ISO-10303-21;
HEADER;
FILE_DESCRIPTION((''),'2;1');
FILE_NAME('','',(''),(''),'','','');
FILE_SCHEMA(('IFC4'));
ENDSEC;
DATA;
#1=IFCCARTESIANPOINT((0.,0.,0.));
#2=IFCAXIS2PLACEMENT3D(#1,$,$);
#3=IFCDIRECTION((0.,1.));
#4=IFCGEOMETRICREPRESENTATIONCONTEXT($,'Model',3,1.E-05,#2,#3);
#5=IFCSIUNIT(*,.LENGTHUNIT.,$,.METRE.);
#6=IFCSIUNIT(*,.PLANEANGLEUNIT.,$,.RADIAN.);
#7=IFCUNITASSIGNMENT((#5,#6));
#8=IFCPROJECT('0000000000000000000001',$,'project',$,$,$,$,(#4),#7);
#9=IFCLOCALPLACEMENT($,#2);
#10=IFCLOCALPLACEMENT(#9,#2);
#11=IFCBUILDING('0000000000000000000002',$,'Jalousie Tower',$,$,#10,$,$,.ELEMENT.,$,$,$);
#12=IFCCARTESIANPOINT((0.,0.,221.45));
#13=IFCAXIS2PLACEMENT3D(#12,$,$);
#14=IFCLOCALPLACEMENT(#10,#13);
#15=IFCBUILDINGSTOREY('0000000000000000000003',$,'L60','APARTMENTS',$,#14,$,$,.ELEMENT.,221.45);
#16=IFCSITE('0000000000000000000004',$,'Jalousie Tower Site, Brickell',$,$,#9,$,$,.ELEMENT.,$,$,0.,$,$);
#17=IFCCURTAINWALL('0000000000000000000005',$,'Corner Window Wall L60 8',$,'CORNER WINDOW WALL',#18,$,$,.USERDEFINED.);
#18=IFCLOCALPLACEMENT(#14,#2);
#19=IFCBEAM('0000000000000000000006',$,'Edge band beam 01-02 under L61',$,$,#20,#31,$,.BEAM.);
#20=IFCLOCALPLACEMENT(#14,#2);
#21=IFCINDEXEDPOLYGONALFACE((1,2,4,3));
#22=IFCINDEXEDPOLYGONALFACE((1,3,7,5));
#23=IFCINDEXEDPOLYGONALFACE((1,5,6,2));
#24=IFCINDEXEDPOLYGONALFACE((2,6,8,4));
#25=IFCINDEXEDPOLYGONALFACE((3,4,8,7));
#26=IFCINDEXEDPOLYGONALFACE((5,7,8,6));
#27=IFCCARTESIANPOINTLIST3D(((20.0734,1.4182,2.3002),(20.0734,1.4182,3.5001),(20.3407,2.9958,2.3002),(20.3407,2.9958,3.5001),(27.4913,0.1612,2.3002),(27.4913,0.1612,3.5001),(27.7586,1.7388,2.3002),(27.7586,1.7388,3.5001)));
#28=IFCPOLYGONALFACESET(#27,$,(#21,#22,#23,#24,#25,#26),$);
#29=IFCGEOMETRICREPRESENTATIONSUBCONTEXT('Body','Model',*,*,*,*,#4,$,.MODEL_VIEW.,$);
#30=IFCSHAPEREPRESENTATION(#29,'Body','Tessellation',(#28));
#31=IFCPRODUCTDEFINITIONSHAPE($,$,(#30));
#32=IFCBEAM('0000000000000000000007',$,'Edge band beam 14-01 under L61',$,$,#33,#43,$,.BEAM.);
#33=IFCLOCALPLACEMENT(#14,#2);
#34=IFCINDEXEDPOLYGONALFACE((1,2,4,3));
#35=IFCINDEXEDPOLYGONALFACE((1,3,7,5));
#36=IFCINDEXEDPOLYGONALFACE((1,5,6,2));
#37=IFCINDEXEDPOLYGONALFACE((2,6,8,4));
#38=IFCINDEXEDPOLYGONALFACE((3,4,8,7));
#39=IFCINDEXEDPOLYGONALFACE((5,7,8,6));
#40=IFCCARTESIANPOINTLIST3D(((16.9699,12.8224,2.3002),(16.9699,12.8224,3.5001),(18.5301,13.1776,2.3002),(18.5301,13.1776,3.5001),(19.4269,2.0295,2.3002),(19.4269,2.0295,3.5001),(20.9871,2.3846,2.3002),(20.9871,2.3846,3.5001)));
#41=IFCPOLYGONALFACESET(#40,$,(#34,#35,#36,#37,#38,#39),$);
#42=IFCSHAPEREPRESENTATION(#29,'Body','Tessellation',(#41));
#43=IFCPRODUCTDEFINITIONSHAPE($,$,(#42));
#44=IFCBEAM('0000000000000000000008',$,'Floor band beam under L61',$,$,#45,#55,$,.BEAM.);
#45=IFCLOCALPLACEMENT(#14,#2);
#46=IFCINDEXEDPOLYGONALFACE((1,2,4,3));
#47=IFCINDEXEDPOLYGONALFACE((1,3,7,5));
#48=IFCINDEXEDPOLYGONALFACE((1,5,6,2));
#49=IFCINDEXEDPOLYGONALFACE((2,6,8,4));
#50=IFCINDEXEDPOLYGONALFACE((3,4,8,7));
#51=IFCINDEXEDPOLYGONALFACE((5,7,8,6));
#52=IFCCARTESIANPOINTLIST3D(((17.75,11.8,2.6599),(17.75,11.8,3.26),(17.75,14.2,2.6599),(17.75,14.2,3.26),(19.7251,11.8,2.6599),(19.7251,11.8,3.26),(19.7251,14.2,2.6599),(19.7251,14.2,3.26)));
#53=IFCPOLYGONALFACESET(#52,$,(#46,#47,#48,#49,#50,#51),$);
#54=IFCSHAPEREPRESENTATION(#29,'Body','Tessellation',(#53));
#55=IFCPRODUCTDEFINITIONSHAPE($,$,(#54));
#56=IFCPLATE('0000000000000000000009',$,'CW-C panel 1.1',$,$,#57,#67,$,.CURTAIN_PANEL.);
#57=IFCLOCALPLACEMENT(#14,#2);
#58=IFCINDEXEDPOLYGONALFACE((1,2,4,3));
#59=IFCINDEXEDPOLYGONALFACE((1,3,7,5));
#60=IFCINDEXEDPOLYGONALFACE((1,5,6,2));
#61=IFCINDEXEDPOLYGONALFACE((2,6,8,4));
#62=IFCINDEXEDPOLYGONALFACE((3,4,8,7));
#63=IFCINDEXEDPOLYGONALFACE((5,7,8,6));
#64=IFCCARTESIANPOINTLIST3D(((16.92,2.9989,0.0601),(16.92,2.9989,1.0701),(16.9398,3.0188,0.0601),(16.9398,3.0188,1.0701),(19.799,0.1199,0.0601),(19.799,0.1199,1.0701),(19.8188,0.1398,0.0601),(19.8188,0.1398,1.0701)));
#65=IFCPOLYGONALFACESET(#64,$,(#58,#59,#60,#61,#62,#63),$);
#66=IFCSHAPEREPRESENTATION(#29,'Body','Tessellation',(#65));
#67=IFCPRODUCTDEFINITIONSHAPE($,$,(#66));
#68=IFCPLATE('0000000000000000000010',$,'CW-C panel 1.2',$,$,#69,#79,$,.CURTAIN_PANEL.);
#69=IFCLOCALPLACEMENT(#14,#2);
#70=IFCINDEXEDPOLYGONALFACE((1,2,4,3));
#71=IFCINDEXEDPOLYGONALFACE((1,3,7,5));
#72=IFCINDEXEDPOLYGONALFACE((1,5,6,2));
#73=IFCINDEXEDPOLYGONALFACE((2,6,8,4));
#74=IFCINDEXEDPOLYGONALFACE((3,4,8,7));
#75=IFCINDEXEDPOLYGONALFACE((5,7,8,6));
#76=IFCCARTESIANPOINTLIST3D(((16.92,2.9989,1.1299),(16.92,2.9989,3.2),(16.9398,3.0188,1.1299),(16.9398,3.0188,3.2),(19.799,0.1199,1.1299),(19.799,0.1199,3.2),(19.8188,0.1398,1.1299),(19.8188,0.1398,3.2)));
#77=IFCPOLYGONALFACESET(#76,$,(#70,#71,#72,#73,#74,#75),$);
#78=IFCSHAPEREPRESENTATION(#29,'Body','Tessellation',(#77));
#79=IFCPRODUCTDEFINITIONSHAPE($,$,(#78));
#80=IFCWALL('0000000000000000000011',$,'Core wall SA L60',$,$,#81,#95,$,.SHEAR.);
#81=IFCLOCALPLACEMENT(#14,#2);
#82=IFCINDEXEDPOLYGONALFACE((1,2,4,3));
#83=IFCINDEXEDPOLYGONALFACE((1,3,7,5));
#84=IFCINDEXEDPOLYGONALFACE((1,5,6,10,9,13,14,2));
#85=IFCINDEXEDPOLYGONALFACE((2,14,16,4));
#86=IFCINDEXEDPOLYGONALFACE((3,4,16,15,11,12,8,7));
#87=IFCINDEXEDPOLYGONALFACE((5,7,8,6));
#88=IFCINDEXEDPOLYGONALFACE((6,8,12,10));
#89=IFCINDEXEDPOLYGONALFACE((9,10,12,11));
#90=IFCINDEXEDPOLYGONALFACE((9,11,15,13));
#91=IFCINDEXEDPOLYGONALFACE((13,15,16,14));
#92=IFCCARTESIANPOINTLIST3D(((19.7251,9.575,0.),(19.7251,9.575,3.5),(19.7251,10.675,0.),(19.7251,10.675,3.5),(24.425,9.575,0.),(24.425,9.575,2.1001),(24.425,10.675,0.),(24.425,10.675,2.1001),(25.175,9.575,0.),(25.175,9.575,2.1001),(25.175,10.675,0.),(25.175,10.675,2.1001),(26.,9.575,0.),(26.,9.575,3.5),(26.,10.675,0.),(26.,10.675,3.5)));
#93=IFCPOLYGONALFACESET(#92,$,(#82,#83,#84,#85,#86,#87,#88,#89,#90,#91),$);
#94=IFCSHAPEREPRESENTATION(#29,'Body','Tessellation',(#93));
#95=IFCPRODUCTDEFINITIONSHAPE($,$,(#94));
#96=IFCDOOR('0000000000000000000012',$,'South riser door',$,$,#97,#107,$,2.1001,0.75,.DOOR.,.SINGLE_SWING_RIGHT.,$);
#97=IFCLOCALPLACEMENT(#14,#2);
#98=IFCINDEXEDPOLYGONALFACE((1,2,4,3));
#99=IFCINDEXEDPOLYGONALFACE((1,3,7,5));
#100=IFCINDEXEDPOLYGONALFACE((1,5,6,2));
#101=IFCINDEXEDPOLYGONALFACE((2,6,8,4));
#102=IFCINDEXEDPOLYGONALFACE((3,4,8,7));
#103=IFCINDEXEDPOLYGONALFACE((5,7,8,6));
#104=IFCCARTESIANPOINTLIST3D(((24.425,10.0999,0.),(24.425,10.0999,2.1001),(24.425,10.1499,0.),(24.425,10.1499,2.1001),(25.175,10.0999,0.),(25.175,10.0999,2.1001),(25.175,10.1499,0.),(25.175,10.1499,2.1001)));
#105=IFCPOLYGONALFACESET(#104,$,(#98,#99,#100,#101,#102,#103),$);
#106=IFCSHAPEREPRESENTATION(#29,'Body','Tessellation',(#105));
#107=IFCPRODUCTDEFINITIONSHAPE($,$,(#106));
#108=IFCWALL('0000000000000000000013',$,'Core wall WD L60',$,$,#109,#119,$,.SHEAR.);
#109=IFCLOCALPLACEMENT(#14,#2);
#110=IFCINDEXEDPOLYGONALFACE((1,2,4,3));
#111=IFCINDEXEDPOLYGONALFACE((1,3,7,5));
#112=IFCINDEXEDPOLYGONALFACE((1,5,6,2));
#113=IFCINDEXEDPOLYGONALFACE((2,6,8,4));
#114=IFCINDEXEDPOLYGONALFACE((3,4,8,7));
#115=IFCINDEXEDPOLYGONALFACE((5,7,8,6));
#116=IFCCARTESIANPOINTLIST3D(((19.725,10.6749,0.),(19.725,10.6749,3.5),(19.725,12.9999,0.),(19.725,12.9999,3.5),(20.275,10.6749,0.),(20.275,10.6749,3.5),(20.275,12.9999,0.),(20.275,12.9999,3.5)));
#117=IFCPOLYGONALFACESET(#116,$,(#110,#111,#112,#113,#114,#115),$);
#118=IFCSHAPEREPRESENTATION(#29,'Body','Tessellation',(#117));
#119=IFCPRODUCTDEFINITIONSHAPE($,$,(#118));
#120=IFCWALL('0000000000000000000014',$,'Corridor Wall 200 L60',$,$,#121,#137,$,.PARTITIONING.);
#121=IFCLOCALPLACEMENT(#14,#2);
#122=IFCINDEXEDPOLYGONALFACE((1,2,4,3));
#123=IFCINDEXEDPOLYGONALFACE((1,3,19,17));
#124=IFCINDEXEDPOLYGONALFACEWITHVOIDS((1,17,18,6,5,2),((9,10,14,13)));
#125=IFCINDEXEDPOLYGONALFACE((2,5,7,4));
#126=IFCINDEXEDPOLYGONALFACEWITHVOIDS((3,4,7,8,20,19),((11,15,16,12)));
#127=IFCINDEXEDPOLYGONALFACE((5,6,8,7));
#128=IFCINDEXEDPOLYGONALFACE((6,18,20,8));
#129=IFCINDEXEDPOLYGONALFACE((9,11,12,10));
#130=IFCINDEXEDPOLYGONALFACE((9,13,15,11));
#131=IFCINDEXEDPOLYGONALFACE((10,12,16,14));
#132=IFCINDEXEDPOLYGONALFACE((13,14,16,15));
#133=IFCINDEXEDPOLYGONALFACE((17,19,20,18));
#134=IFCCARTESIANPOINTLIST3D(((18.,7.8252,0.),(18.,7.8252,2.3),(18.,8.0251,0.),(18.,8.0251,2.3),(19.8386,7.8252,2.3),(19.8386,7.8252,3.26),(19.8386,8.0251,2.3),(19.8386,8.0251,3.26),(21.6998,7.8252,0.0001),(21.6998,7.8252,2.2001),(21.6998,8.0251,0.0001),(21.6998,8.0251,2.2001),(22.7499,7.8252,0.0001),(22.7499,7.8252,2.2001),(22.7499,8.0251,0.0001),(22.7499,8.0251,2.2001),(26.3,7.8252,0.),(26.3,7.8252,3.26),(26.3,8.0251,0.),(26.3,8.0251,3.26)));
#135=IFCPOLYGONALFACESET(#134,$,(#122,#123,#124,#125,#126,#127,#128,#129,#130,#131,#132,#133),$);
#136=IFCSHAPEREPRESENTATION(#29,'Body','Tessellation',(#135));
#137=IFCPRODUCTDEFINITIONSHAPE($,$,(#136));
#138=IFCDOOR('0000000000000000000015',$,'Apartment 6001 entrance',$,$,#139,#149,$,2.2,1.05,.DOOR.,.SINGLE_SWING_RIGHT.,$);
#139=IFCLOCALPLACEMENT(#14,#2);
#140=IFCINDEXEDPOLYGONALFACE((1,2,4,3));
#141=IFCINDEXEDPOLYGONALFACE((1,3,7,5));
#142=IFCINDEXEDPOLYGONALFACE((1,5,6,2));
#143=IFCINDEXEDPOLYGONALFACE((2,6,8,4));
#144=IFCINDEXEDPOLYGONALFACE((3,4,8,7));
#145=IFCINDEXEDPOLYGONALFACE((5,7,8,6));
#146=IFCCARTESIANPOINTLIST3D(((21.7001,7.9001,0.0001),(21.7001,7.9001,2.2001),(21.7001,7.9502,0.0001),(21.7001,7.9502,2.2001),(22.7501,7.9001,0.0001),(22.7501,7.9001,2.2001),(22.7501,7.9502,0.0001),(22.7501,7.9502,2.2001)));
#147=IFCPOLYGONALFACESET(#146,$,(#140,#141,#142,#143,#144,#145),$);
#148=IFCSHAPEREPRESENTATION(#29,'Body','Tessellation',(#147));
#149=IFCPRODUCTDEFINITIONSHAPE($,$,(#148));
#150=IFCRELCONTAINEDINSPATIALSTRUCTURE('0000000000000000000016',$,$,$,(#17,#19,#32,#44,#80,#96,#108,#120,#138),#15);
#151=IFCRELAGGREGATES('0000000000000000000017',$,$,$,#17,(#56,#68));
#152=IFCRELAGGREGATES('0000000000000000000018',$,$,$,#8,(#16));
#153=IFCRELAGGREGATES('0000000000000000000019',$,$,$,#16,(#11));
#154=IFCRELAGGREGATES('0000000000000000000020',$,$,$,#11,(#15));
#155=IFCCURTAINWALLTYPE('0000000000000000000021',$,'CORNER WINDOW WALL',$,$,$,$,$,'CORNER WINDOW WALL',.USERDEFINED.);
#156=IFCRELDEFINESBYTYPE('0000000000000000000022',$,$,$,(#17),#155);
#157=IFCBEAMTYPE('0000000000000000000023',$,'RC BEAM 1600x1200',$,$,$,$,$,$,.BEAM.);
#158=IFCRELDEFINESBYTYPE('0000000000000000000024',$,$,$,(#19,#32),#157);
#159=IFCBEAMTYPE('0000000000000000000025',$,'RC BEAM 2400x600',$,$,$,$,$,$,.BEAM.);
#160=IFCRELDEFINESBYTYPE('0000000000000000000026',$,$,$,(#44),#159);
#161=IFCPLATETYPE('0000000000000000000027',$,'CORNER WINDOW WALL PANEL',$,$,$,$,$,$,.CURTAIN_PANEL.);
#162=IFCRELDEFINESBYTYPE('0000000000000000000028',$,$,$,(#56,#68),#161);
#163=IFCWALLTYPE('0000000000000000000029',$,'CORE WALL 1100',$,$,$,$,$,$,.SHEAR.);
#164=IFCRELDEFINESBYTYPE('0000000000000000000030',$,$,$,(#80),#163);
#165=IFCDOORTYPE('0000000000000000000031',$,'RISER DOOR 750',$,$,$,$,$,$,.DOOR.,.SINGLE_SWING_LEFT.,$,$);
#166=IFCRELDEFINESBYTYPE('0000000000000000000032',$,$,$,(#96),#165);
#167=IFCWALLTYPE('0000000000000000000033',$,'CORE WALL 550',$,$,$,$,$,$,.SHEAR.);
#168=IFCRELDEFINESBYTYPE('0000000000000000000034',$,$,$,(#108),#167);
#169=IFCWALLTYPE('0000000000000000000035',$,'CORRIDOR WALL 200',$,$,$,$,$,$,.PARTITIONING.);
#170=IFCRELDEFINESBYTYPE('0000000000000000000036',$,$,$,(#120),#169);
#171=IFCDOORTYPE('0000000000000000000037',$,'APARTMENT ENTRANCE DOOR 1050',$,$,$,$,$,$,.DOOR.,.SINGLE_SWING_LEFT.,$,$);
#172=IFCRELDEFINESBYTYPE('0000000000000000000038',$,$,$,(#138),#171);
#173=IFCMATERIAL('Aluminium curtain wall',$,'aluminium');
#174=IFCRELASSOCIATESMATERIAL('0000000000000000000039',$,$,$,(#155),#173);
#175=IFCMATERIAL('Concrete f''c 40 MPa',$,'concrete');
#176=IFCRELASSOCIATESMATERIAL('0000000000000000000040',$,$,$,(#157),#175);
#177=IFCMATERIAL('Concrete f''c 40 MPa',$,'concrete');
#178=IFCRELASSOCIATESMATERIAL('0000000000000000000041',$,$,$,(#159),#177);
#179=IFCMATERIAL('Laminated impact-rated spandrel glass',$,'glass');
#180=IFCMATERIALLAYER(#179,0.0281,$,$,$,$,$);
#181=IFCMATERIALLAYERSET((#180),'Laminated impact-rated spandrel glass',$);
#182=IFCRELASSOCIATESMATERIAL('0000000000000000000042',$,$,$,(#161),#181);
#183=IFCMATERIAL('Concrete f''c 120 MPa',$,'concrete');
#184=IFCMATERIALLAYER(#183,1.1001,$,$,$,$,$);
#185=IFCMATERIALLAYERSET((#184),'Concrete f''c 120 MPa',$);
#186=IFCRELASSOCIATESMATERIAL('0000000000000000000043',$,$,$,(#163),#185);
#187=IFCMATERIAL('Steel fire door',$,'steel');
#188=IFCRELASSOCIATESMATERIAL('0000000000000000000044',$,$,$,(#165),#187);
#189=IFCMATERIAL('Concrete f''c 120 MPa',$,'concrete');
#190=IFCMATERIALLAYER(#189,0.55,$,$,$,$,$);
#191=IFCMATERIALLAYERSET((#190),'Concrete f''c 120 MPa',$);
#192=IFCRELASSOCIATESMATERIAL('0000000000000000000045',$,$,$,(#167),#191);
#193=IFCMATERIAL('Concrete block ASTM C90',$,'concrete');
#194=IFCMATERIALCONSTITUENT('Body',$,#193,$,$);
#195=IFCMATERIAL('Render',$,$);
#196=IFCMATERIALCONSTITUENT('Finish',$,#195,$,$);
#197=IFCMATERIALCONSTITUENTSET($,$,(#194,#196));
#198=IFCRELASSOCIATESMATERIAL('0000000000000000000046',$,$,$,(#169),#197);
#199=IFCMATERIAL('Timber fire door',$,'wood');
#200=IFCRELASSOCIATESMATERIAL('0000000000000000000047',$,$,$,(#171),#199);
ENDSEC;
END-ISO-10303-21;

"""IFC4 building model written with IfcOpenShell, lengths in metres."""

from ifc_helpers import new_model, si_unit, direction, frame, frame_2d, origin, origin_2d, place, context, subcontext, project, spatial, polyline, rectangle, outline, extrude, material, layer, layer_set, constituent, constituent_set, material_profile, profile_set, type_object, element, fill, aggregate, save


model = new_model("IFC4")

# Units and contexts
model_context = context("Model", 3, precision=1e-05, world=origin(), true_north=direction((0.0, 1.0)))
body_context = subcontext(model_context, "Body", "Model", "MODEL_VIEW")
ifc_project = project(units=[si_unit("LENGTHUNIT", "METRE"), si_unit("PLANEANGLEUNIT", "RADIAN")], contexts=[model_context])

# Site, building, storey
site_placement = place(None, origin())
site = spatial("IfcSite", under=ifc_project, at=site_placement, Name="Jalousie Tower Site, Brickell", CompositionType="ELEMENT", RefElevation=0.0)
building_placement = place(site_placement, origin())
building = spatial("IfcBuilding", under=site, at=building_placement, Name="Jalousie Tower", CompositionType="ELEMENT")
storey_placement = place(building_placement, frame((0.0, 0.0, 221.45)))
storey = spatial("IfcBuildingStorey", under=building, at=storey_placement, Name="L60", Description="APARTMENTS", CompositionType="ELEMENT", Elevation=221.45)

# Curtain wall
ifc_material_1 = material(Name="Aluminium curtain wall", Category="aluminium")
curtain_wall_type = type_object("IfcCurtainWallType", Name="CORNER WINDOW WALL", ElementType="CORNER WINDOW WALL", PredefinedType="USERDEFINED", material=ifc_material_1)
curtain_wall_placement = place(storey_placement, origin())
curtain_wall = element("IfcCurtainWall", 1, at=curtain_wall_placement, inside=storey, type_object=curtain_wall_type, Name="Corner Window Wall L60 8", ObjectType="CORNER WINDOW WALL", PredefinedType="USERDEFINED")

# Beams
ifc_material_2 = material(Name="Concrete f'c 40 MPa", Category="concrete")
ifc_material_profile_1 = material_profile(ifc_material_2, rectangle(XDim=1.6001, YDim=1.2, at=origin_2d()), Name="RC 1600x1200")
ifc_profile_set_1 = profile_set([ifc_material_profile_1], Name="Concrete f'c 40 MPa")
beam_type_1 = type_object("IfcBeamType", Name="RC BEAM 1600x1200", PredefinedType="BEAM", material=ifc_profile_set_1)
beam_1_placement = place(storey_placement, frame((20.207, 2.207, 2.9001), z_axis=(0.985943, -0.167082, 0.0), x_axis=(0.167082, 0.985943, 0.0)))
element("IfcBeam", 2, at=beam_1_placement, inside=storey, type_object=beam_type_1, Name="Edge band beam 01-02 under L61", PredefinedType="BEAM", context=body_context, shape_type="SweptSolid", body=[
    extrude(rectangle(XDim=1.6001, YDim=1.2, at=origin_2d()), origin(), (0.0, 0.0, 1.0), 7.5237),
])
beam_2_placement = place(storey_placement, frame((17.75, 13.0, 2.9001), z_axis=(0.221972, -0.975053, 0.0), x_axis=(0.975053, 0.221972, 0.0)))
element("IfcBeam", 3, at=beam_2_placement, inside=storey, type_object=beam_type_1, Name="Edge band beam 14-01 under L61", PredefinedType="BEAM", context=body_context, shape_type="SweptSolid", body=[
    extrude(rectangle(XDim=1.6001, YDim=1.2, at=origin_2d()), origin(), (0.0, 0.0, 1.0), 11.0691),
])
ifc_material_3 = material(Name="Concrete f'c 40 MPa", Category="concrete")
ifc_material_profile_2 = material_profile(ifc_material_3, rectangle(XDim=2.3999, YDim=0.6001, at=origin_2d()), Name="RC 2400x600")
ifc_profile_set_2 = profile_set([ifc_material_profile_2], Name="Concrete f'c 40 MPa")
beam_type_2 = type_object("IfcBeamType", Name="RC BEAM 2400x600", PredefinedType="BEAM", material=ifc_profile_set_2)
beam_3_placement = place(storey_placement, frame((17.75, 13.0, 2.96), z_axis=(1.0, 0.0, 0.0), x_axis=(0.0, 1.0, 0.0)))
element("IfcBeam", 4, at=beam_3_placement, inside=storey, type_object=beam_type_2, Name="Floor band beam under L61", PredefinedType="BEAM", context=body_context, shape_type="SweptSolid", body=[
    extrude(rectangle(XDim=2.3999, YDim=0.6001, at=origin_2d()), origin(), (0.0, 0.0, 1.0), 1.9751),
])

# Plates
ifc_material_4 = material(Name="Laminated impact-rated spandrel glass", Category="glass")
ifc_layer_1 = layer(ifc_material_4, 0.0281)
ifc_layer_set_1 = layer_set([ifc_layer_1], Name="Laminated impact-rated spandrel glass")
plate_type = type_object("IfcPlateType", Name="CORNER WINDOW WALL PANEL", PredefinedType="CURTAIN_PANEL", material=ifc_layer_set_1)
plate_1_placement = place(storey_placement, frame((18.3694, 1.5693, 0.0601), z_axis=(0.0, 0.0, 1.0), x_axis=(0.707107, -0.707107, 0.0)))
plate_1 = element("IfcPlate", 5, at=plate_1_placement, type_object=plate_type, Name="CW-C panel 1.1", PredefinedType="CURTAIN_PANEL", context=body_context, shape_type="SweptSolid", body=[
    extrude(rectangle(XDim=4.0715, YDim=0.0281, at=origin_2d()), origin(), (0.0, 0.0, 1.0), 1.01),
])
plate_2_placement = place(storey_placement, frame((18.3694, 1.5693, 1.1299), z_axis=(0.0, 0.0, 1.0), x_axis=(0.707107, -0.707107, 0.0)))
plate_2 = element("IfcPlate", 6, at=plate_2_placement, type_object=plate_type, Name="CW-C panel 1.2", PredefinedType="CURTAIN_PANEL", context=body_context, shape_type="SweptSolid", body=[
    extrude(rectangle(XDim=4.0715, YDim=0.0281, at=origin_2d()), origin(), (0.0, 0.0, 1.0), 2.0701),
])
aggregate(curtain_wall, [plate_1, plate_2])

# Wall, opening, door
ifc_material_5 = material(Name="Concrete f'c 120 MPa", Category="concrete")
ifc_layer_2 = layer(ifc_material_5, 1.1001)
ifc_layer_set_2 = layer_set([ifc_layer_2], Name="Concrete f'c 120 MPa")
wall_type_1 = type_object("IfcWallType", Name="CORE WALL 1100", PredefinedType="SHEAR", material=ifc_layer_set_2)
wall_1_placement = place(storey_placement, frame((19.7251, 10.125, 0.0), z_axis=(0.0, 0.0, 1.0), x_axis=(1.0, 0.0, 0.0)))
wall_1 = element("IfcWall", 7, at=wall_1_placement, inside=storey, type_object=wall_type_1, Name="Core wall SA L60", PredefinedType="SHEAR", context=body_context, shape_type="SweptSolid", body=[
    extrude(rectangle(XDim=6.2749, YDim=1.1001, at=frame_2d((3.1375, 0.0))), origin(), (0.0, 0.0, 1.0), 3.5),
])
opening_1_placement = place(wall_1_placement, frame((4.7, 0.0, 0.0)))
opening_1 = element("IfcOpeningElement", 8, at=opening_1_placement, cuts=wall_1, PredefinedType="OPENING", context=body_context, shape_type="SweptSolid", body=[
    extrude(rectangle(XDim=0.75, YDim=2.1001, at=frame_2d((0.375, 1.05))), frame((0.0, 0.5601, 0.0), z_axis=(0.0, -1.0, 0.0), x_axis=(1.0, 0.0, 0.0)), (0.0, 0.0, 1.0), 1.1201),
])
ifc_material_6 = material(Name="Steel fire door", Category="steel")
door_type_1 = type_object("IfcDoorType", Name="RISER DOOR 750", OperationType="SINGLE_SWING_LEFT", PredefinedType="DOOR", material=ifc_material_6)
door_1_placement = place(opening_1_placement, origin())
door_1 = element("IfcDoor", 9, at=door_1_placement, inside=storey, type_object=door_type_1, Name="South riser door", OperationType="SINGLE_SWING_RIGHT", OverallHeight=2.1001, OverallWidth=0.75, PredefinedType="DOOR", context=body_context, shape_type="SweptSolid", body=[
    extrude(rectangle(XDim=0.75, YDim=2.1001, at=frame_2d((0.375, 1.05))), frame((0.0, 0.0249, 0.0), z_axis=(0.0, -1.0, 0.0), x_axis=(1.0, 0.0, 0.0)), (0.0, 0.0, 1.0), 0.05),
])
fill(opening_1, door_1)

# Wall
ifc_material_7 = material(Name="Concrete f'c 120 MPa", Category="concrete")
ifc_layer_3 = layer(ifc_material_7, 0.55)
ifc_layer_set_3 = layer_set([ifc_layer_3], Name="Concrete f'c 120 MPa")
wall_type_2 = type_object("IfcWallType", Name="CORE WALL 550", PredefinedType="SHEAR", material=ifc_layer_set_3)
wall_2_placement = place(storey_placement, frame((20.0, 13.0, 0.0), z_axis=(0.0, 0.0, 1.0), x_axis=(0.0, -1.0, 0.0)))
element("IfcWall", 10, at=wall_2_placement, inside=storey, type_object=wall_type_2, Name="Core wall WD L60", PredefinedType="SHEAR", context=body_context, shape_type="SweptSolid", body=[
    extrude(rectangle(XDim=2.325, YDim=0.55, at=frame_2d((1.1626, 0.0))), origin(), (0.0, 0.0, 1.0), 3.5),
])

# Wall, opening, door
ifc_material_8 = material(Name="Concrete block ASTM C90", Category="concrete")
ifc_constituent_1 = constituent(ifc_material_8, Name="Body")
ifc_material_9 = material(Name="Render")
ifc_constituent_2 = constituent(ifc_material_9, Name="Finish")
ifc_constituent_set_1 = constituent_set(constituents=[ifc_constituent_1, ifc_constituent_2])
wall_type_3 = type_object("IfcWallType", Name="CORRIDOR WALL 200", PredefinedType="PARTITIONING", material=ifc_constituent_set_1)
wall_3_placement = place(storey_placement, frame((18.0, 7.925, 0.0), z_axis=(0.0, 0.0, 1.0), x_axis=(1.0, 0.0, 0.0)))
wall_3 = element("IfcWall", 11, at=wall_3_placement, inside=storey, type_object=wall_type_3, Name="Corridor Wall 200 L60", PredefinedType="PARTITIONING", context=body_context, shape_type="SweptSolid", body=[
    extrude(outline(polyline([(0.0, 0.0), (8.3, 0.0), (8.3, 3.26), (1.8386, 3.26), (1.8386, 2.3), (0.0, 2.3), (0.0, 3.26), (0.0, 0.0)])), frame((0.0, 0.1001, 0.0), z_axis=(0.0, -1.0, 0.0), x_axis=(1.0, 0.0, 0.0)), (0.0, 0.0, 1.0), 0.2),
])
opening_2_placement = place(wall_3_placement, frame((3.7, 0.0, 0.0)))
opening_2 = element("IfcOpeningElement", 12, at=opening_2_placement, cuts=wall_3, PredefinedType="OPENING", context=body_context, shape_type="SweptSolid", body=[
    extrude(rectangle(XDim=1.05, YDim=2.2, at=frame_2d((0.5249, 1.1001))), frame((0.0, 0.1099, 0.0), z_axis=(0.0, -1.0, 0.0), x_axis=(1.0, 0.0, 0.0)), (0.0, 0.0, 1.0), 0.22),
])
ifc_material_10 = material(Name="Timber fire door", Category="wood")
door_type_2 = type_object("IfcDoorType", Name="APARTMENT ENTRANCE DOOR 1050", OperationType="SINGLE_SWING_LEFT", PredefinedType="DOOR", material=ifc_material_10)
door_2_placement = place(opening_2_placement, frame((1.05, 0.0, 0.0), z_axis=(0.0, 0.0, 1.0), x_axis=(-1.0, 0.0, 0.0)))
door_2 = element("IfcDoor", 13, at=door_2_placement, inside=storey, type_object=door_type_2, Name="Apartment 6001 entrance", OperationType="SINGLE_SWING_RIGHT", OverallHeight=2.2, OverallWidth=1.05, PredefinedType="DOOR", context=body_context, shape_type="SweptSolid", body=[
    extrude(rectangle(XDim=1.05, YDim=2.2, at=frame_2d((0.5249, 1.1001))), frame((0.0, 0.0249, 0.0), z_axis=(0.0, -1.0, 0.0), x_axis=(1.0, 0.0, 0.0)), (0.0, 0.0, 1.0), 0.05),
])
fill(opening_2, door_2)

save(model, "model.ifc")
